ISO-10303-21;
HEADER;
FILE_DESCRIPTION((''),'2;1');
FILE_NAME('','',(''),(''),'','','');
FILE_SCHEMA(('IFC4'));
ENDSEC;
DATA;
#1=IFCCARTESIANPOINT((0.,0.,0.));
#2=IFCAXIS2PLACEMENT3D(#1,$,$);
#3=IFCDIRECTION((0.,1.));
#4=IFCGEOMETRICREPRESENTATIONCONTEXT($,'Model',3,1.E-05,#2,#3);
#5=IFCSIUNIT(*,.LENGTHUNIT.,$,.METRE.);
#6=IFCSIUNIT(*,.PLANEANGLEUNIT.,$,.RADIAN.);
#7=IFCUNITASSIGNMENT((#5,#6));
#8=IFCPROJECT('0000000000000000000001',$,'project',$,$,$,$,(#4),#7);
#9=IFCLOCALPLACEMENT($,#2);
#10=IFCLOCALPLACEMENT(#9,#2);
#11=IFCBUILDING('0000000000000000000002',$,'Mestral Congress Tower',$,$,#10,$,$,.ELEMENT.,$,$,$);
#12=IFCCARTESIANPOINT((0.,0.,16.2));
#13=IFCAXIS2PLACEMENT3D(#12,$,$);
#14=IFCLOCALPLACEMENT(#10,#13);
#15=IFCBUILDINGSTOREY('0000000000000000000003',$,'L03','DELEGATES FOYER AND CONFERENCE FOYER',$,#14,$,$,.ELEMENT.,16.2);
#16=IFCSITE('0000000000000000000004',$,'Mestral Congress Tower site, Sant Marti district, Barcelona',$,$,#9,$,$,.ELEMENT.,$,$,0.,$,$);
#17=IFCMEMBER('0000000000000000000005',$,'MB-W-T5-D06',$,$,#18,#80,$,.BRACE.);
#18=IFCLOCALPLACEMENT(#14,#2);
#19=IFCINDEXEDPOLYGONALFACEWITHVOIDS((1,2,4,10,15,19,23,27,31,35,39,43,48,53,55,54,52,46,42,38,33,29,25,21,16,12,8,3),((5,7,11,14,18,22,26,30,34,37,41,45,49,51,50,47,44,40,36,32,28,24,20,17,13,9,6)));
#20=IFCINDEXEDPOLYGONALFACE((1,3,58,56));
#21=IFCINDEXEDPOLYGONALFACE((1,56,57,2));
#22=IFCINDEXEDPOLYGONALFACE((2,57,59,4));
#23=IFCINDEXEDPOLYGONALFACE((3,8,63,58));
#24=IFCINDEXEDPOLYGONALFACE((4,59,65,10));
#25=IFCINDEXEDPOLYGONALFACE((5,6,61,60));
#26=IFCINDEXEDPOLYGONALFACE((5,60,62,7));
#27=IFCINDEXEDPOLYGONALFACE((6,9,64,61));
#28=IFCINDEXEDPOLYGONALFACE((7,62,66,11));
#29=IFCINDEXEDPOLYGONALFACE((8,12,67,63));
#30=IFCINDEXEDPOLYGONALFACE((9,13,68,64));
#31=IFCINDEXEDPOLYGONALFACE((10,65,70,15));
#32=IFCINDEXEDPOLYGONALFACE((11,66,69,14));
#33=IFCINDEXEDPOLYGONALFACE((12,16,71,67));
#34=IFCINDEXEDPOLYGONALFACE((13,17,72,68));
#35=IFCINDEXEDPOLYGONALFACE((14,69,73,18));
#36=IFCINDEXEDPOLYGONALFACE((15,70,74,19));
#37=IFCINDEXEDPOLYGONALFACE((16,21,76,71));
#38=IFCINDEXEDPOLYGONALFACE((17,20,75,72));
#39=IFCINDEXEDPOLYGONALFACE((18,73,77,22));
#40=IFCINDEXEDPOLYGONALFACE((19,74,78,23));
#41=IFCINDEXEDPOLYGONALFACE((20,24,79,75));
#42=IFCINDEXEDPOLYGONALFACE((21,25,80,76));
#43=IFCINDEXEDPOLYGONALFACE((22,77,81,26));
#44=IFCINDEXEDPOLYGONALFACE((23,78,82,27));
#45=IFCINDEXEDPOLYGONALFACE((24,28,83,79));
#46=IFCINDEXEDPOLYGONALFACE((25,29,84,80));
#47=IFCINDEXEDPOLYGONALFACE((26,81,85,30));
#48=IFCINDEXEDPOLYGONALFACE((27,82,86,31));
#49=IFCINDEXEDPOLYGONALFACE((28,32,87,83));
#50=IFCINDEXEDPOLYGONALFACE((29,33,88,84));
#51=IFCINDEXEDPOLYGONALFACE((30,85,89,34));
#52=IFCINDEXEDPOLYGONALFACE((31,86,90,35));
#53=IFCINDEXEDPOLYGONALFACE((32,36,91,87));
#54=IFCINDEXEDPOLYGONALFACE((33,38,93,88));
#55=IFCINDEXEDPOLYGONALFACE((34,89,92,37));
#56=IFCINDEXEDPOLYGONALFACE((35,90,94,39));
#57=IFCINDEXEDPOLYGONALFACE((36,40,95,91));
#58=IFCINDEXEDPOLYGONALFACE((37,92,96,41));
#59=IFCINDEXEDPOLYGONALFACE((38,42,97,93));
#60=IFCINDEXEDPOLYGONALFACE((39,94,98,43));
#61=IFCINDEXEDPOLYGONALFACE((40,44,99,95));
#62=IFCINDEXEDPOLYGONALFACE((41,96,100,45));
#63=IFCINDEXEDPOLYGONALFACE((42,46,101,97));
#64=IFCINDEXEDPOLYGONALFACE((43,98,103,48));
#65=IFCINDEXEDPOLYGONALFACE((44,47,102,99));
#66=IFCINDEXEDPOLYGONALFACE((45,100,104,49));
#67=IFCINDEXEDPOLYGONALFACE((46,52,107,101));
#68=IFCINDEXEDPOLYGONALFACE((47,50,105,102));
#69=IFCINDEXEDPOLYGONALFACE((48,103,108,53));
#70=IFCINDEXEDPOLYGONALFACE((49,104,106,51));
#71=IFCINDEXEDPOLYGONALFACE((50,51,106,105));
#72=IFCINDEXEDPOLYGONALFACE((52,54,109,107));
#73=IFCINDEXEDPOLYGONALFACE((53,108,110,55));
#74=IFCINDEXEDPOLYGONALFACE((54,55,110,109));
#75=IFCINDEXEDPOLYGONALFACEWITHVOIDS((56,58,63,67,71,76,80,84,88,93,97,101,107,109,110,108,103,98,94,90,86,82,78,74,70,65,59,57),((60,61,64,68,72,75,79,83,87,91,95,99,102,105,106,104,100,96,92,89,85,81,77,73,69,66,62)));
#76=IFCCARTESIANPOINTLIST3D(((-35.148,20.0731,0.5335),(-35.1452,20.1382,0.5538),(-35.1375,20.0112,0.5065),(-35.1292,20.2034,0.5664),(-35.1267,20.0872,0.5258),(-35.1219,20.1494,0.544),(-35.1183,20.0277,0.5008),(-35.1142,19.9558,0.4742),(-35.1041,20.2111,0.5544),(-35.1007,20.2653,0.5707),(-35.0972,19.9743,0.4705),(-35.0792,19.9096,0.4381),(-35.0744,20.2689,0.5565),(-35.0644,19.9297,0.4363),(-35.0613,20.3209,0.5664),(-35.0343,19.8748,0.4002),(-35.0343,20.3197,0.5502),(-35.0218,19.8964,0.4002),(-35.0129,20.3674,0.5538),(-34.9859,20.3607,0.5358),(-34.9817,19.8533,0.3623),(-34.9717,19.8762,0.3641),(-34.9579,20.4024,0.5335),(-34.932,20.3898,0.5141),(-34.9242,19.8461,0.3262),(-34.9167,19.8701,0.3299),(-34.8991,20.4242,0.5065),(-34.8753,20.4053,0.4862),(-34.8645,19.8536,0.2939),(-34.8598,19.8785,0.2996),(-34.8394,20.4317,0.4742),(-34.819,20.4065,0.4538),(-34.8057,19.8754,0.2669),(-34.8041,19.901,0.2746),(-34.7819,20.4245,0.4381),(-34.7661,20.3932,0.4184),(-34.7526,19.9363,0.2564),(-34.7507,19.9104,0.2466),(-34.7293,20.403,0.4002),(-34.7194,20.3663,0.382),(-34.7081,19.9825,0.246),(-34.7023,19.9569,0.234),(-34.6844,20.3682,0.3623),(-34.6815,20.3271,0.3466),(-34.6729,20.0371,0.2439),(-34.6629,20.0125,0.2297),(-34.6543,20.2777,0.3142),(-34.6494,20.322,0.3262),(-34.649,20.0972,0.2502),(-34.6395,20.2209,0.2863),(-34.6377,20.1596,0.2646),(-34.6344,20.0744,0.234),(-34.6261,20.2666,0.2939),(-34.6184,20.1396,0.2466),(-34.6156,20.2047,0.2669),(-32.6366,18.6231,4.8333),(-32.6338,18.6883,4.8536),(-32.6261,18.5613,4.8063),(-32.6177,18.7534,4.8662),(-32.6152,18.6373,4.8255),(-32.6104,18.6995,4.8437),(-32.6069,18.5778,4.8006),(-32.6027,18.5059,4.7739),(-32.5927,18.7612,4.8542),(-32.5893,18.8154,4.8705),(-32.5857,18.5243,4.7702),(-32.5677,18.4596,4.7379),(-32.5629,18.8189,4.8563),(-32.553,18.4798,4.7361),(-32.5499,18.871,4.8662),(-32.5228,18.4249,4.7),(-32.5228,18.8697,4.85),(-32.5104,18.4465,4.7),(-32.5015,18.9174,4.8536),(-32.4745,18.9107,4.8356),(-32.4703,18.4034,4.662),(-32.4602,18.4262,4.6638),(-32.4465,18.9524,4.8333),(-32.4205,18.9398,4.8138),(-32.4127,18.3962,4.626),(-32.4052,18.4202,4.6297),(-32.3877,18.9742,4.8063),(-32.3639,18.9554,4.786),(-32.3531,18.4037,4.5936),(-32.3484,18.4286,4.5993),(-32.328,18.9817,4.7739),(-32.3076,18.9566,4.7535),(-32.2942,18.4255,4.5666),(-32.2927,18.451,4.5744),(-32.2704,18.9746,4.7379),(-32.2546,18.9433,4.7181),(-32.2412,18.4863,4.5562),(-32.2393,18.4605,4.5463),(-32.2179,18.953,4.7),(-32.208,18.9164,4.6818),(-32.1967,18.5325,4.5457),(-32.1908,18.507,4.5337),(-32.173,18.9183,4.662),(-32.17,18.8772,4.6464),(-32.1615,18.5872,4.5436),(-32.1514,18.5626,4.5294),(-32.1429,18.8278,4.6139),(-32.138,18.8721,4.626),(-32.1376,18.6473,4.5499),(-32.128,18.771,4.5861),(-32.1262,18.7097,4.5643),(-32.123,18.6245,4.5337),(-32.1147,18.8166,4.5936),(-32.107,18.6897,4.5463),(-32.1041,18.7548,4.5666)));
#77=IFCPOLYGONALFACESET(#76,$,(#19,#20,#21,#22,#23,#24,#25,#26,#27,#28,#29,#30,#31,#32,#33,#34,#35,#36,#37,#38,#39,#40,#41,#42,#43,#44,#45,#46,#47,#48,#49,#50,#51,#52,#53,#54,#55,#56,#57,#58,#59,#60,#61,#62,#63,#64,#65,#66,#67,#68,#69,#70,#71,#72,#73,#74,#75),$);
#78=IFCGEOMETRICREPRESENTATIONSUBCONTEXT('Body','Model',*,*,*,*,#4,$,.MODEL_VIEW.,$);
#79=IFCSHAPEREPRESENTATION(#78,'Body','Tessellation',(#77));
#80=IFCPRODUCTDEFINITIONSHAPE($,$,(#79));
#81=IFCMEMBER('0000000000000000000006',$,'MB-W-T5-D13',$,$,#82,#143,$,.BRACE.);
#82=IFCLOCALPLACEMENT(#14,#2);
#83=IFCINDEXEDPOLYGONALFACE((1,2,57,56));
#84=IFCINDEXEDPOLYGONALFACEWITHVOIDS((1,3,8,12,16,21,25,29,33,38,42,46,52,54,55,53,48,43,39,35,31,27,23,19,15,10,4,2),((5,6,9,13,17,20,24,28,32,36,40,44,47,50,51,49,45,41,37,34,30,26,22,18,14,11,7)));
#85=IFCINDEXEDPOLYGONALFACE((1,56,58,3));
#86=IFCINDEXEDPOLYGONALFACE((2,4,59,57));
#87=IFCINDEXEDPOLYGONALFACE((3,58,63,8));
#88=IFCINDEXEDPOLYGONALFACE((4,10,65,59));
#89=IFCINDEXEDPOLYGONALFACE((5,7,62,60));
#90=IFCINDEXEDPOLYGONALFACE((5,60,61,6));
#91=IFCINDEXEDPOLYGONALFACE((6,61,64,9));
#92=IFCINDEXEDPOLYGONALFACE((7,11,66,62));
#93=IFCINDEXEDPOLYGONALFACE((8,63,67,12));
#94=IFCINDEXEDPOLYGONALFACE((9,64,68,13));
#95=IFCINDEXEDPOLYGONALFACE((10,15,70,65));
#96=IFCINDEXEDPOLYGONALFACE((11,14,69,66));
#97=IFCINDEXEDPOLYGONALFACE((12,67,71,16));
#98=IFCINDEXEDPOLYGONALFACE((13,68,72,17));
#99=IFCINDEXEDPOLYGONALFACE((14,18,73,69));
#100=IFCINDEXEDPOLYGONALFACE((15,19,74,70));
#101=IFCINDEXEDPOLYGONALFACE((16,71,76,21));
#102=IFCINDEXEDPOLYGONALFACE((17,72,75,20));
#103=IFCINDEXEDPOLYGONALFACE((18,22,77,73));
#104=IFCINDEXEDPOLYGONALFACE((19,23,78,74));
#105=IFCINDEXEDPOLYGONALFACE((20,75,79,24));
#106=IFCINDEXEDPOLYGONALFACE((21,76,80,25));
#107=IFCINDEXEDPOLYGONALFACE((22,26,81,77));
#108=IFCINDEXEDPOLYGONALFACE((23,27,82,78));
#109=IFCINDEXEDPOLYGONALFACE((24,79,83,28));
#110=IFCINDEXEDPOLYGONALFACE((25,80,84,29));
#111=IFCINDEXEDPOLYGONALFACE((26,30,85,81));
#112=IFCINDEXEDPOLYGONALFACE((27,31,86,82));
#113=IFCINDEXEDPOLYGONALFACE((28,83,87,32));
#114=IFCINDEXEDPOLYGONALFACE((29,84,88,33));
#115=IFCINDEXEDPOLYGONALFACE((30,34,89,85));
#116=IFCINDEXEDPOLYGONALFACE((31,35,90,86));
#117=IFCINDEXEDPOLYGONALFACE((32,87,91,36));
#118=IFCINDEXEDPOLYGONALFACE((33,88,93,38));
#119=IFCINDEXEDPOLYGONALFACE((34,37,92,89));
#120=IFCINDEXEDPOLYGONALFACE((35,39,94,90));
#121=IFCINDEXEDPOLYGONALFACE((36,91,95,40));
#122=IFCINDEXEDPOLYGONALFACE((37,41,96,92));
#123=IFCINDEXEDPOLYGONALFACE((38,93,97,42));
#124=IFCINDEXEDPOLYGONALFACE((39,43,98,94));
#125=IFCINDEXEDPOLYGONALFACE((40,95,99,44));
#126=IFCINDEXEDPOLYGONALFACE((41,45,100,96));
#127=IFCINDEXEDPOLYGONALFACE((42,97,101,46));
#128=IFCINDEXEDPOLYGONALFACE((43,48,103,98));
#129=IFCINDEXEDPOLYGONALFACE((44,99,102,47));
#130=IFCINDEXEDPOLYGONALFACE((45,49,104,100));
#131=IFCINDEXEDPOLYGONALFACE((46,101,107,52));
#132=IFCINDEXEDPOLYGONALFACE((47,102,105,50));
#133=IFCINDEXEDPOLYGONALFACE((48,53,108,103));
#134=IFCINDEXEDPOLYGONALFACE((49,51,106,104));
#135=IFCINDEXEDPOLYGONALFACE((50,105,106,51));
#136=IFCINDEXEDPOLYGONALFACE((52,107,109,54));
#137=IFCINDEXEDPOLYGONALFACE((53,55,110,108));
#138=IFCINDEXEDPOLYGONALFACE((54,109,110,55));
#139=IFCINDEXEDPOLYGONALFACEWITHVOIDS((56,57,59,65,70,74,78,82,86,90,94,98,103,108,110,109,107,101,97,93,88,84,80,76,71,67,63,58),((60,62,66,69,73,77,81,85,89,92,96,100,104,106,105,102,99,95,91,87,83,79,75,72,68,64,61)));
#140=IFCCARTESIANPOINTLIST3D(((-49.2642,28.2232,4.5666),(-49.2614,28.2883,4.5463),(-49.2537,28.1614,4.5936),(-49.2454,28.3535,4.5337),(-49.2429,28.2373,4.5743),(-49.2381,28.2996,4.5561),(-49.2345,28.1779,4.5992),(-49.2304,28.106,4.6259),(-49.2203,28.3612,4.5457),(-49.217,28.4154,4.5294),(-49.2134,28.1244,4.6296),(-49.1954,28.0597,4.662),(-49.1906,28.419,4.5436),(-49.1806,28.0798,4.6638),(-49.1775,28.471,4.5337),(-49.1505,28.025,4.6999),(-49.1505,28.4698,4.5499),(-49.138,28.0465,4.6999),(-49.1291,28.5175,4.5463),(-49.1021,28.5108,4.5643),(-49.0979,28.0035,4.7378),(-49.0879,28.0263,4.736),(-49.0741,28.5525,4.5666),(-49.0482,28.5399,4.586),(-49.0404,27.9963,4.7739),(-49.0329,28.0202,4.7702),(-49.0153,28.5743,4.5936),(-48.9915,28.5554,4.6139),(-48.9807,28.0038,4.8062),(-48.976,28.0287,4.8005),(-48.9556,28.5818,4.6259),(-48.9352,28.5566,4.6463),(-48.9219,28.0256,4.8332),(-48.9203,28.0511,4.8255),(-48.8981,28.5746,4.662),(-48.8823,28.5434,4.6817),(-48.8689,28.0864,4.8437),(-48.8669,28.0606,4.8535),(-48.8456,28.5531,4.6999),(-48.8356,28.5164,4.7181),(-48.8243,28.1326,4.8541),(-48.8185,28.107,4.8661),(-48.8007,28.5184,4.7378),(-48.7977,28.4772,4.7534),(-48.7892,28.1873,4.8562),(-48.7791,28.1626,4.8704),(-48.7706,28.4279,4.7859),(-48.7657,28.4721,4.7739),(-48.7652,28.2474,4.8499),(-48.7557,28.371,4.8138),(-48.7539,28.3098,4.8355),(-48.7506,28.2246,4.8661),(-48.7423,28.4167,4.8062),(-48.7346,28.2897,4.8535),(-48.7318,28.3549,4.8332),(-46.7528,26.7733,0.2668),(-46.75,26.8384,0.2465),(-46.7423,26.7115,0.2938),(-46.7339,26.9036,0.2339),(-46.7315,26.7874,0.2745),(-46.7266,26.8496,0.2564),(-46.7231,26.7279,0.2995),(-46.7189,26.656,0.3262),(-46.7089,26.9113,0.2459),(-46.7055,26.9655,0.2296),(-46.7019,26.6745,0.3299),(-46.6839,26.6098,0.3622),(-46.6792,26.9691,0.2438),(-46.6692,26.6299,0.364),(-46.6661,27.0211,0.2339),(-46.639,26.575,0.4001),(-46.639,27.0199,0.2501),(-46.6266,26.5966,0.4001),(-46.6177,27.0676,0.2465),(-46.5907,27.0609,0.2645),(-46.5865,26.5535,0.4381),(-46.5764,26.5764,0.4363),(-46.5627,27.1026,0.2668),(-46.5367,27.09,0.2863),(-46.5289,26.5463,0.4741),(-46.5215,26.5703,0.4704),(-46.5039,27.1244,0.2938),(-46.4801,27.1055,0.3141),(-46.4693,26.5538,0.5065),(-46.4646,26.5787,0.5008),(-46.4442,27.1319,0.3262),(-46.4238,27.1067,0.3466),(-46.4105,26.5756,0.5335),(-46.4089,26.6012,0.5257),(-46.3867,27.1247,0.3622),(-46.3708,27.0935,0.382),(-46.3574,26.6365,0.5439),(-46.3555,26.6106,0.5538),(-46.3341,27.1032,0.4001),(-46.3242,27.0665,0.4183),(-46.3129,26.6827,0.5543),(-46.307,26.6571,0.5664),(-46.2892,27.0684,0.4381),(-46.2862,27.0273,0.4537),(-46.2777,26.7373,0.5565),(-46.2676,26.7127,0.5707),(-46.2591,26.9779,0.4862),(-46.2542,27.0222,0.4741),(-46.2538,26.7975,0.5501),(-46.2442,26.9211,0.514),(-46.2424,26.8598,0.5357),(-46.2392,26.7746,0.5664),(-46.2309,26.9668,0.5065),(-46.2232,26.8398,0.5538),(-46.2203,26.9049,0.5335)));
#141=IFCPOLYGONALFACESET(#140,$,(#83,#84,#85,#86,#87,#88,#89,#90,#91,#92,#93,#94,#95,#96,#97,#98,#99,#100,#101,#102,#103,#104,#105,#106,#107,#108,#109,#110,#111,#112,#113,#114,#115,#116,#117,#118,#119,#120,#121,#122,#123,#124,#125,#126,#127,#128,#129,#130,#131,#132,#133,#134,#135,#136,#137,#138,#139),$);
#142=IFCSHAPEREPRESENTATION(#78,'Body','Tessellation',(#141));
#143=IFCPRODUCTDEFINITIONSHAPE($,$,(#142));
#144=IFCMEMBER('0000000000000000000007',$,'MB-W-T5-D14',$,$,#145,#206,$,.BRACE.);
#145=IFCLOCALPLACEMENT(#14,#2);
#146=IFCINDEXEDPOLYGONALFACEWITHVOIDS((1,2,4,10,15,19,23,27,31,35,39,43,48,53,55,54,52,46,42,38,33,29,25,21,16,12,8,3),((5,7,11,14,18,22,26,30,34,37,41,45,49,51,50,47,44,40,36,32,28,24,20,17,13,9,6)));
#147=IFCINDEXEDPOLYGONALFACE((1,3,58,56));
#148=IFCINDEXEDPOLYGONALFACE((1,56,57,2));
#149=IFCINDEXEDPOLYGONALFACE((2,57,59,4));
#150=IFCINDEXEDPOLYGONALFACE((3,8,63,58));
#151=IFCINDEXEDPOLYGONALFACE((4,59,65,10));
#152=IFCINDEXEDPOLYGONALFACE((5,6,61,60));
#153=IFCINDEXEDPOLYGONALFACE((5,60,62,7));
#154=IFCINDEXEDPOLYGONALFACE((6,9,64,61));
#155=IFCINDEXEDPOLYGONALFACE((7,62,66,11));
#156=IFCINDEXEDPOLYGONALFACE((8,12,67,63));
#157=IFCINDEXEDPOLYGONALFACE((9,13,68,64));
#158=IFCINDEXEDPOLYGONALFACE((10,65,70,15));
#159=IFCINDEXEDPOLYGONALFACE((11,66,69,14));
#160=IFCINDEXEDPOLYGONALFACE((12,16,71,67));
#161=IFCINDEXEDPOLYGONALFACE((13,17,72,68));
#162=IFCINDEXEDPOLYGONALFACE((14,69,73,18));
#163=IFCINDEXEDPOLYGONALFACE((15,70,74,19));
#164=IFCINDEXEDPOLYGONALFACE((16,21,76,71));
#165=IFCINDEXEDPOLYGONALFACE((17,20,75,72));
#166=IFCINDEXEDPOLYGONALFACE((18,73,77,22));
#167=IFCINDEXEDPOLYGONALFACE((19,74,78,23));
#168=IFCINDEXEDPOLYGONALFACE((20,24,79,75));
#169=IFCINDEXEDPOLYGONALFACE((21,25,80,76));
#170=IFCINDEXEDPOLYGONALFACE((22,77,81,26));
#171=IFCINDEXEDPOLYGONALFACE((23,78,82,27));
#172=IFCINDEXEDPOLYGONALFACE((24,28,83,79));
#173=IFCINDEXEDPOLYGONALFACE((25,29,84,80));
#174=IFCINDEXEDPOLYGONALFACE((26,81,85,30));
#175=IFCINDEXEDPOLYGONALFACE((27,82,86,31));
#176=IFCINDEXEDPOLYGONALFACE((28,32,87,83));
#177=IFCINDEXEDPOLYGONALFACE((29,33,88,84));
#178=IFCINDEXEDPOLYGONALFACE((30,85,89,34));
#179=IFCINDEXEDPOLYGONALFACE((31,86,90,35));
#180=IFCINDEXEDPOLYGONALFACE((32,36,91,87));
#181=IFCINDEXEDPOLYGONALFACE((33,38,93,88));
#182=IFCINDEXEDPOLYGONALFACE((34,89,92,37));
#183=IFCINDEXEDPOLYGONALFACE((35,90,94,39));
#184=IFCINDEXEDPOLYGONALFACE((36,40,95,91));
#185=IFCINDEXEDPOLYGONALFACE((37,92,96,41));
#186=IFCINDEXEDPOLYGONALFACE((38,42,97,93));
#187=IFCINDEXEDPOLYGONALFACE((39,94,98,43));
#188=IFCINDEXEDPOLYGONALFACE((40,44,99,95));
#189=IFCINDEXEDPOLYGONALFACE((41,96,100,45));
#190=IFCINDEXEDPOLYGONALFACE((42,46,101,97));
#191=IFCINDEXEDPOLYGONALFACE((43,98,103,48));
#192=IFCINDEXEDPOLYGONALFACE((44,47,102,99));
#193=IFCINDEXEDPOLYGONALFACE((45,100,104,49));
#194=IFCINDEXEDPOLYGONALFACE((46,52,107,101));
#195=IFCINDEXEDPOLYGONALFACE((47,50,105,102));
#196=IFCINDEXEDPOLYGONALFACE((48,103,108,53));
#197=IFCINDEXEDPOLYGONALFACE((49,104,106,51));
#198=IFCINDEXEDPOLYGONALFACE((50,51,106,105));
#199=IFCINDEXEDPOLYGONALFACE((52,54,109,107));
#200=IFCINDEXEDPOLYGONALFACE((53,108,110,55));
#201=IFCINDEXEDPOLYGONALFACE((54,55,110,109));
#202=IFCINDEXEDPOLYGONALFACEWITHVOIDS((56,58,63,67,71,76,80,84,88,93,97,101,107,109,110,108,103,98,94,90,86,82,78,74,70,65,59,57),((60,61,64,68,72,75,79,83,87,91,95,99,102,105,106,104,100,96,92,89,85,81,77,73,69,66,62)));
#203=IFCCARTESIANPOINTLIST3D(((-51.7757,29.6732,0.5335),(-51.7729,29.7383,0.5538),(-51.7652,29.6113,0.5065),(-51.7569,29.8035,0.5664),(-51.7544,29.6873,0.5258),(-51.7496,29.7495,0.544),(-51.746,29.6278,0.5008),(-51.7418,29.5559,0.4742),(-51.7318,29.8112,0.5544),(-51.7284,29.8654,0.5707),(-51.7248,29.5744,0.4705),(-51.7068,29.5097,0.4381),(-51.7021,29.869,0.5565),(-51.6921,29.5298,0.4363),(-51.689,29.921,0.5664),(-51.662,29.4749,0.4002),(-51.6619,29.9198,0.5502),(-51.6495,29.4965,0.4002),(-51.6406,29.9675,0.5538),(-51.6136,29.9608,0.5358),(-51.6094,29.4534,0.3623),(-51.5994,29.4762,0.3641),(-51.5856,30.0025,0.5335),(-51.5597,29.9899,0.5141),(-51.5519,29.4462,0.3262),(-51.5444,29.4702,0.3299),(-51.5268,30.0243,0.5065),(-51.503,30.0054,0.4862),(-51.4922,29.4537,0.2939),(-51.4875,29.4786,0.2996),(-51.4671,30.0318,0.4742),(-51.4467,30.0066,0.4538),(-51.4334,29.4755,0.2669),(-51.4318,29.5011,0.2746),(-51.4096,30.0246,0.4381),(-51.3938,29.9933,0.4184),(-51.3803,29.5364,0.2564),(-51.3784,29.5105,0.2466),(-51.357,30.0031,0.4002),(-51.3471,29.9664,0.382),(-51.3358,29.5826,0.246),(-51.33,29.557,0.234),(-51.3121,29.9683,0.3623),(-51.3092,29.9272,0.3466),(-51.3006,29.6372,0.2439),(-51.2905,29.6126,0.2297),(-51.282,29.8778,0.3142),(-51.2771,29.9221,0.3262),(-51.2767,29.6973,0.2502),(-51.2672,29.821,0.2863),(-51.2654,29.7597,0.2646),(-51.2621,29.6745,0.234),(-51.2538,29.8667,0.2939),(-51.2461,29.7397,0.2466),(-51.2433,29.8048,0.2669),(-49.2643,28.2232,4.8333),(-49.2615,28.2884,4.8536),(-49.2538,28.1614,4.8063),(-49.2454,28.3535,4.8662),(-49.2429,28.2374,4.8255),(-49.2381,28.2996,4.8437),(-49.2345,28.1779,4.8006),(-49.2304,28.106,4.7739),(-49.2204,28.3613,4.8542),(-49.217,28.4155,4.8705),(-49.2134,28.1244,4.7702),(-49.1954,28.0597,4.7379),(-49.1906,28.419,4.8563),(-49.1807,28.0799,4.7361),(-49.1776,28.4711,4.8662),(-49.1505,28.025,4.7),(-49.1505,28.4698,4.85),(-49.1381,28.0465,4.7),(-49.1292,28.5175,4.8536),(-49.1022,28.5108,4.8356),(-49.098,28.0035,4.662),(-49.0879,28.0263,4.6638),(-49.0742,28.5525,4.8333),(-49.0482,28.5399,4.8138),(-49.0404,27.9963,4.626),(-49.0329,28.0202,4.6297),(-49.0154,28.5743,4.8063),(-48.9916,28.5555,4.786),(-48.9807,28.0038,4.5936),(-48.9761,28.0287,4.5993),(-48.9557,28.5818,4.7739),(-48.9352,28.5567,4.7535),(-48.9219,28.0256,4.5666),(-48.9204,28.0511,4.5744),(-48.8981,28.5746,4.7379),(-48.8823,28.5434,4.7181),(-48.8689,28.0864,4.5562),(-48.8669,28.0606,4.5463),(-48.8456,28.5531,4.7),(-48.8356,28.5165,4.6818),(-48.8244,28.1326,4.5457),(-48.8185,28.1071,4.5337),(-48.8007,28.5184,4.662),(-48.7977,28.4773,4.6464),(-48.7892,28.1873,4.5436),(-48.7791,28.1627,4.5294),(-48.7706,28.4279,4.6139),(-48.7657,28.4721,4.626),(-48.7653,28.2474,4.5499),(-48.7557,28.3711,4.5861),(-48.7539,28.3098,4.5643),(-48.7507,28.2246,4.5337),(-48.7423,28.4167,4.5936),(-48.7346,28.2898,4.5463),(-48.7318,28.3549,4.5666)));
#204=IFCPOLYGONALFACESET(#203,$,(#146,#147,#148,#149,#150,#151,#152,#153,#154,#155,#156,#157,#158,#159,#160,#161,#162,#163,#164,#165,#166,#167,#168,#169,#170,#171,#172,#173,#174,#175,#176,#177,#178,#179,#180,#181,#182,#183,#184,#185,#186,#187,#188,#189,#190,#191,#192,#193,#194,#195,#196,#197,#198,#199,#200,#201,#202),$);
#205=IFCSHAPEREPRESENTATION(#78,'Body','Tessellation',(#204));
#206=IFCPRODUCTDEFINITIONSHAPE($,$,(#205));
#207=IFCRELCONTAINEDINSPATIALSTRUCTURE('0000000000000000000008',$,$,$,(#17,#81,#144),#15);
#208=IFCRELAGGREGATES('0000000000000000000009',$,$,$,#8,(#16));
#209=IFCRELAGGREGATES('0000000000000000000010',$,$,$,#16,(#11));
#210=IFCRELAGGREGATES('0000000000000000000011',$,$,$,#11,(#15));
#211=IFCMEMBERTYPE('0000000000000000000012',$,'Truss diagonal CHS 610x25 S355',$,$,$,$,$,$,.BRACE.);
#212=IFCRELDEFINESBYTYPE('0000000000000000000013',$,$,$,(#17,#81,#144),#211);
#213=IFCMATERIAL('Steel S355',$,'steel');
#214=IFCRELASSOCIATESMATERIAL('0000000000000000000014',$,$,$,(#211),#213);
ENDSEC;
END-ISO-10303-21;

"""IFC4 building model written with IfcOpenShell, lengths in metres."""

from ifc_helpers import new_model, si_unit, direction, frame, origin, origin_2d, place, context, subcontext, project, spatial, hollow_circle, extrude, material, material_profile, profile_set, type_object, element, save


model = new_model("IFC4")

# Units and contexts
model_context = context("Model", 3, precision=1e-05, world=origin(), true_north=direction((0.0, 1.0)))
body_context = subcontext(model_context, "Body", "Model", "MODEL_VIEW")
ifc_project = project(units=[si_unit("LENGTHUNIT", "METRE"), si_unit("PLANEANGLEUNIT", "RADIAN")], contexts=[model_context])

# Site, building, storey
site_placement = place(None, origin())
site = spatial("IfcSite", under=ifc_project, at=site_placement, Name="Mestral Congress Tower site, Sant Marti district, Barcelona", CompositionType="ELEMENT", RefElevation=0.0)
building_placement = place(site_placement, origin())
building = spatial("IfcBuilding", under=site, at=building_placement, Name="Mestral Congress Tower", CompositionType="ELEMENT")
storey_placement = place(building_placement, frame((0.0, 0.0, 16.2)))
storey = spatial("IfcBuildingStorey", under=building, at=storey_placement, Name="L03", Description="DELEGATES FOYER AND CONFERENCE FOYER", CompositionType="ELEMENT", Elevation=16.2)

# Members
ifc_material = material(Name="Steel S355", Category="steel")
ifc_material_profile_1 = material_profile(ifc_material, hollow_circle(Radius=0.3049, WallThickness=0.0249, at=origin_2d()), Name="CHS 610x25")
ifc_profile_set_1 = profile_set([ifc_material_profile_1], Name="Steel S355")
member_type_1 = type_object("IfcMemberType", Name="Truss diagonal CHS 610x25 S355", PredefinedType="BRACE", material=ifc_profile_set_1)
for number, where, z_axis, x_axis, name in (
    (1, (-32.3704, 18.689, 4.7), (-0.484247, 0.279571, -0.829062), (-0.499987, -0.866033, 0.0), "MB-W-T5-D06"),
    (2, (-46.4866, 26.8391, 0.4001), (-0.484247, 0.279571, 0.829062), (-0.499987, -0.866033, 0.0), "MB-W-T5-D13"),
    (3, (-48.998, 28.2891, 4.7), (-0.484247, 0.279571, -0.829062), (-0.499987, -0.866033, 0.0), "MB-W-T5-D14"),
):
    element("IfcMember", number, at=place(storey_placement, frame(where, z_axis=z_axis, x_axis=x_axis)), inside=storey, type_object=member_type_1, Name=name, PredefinedType="BRACE", context=body_context, shape_type="SweptSolid", body=[
        extrude(hollow_circle(Radius=0.3049, WallThickness=0.0249, at=origin_2d()), origin(), (0.0, 0.0, 1.0), 5.1863),
    ])

save(model, "model.ifc")
